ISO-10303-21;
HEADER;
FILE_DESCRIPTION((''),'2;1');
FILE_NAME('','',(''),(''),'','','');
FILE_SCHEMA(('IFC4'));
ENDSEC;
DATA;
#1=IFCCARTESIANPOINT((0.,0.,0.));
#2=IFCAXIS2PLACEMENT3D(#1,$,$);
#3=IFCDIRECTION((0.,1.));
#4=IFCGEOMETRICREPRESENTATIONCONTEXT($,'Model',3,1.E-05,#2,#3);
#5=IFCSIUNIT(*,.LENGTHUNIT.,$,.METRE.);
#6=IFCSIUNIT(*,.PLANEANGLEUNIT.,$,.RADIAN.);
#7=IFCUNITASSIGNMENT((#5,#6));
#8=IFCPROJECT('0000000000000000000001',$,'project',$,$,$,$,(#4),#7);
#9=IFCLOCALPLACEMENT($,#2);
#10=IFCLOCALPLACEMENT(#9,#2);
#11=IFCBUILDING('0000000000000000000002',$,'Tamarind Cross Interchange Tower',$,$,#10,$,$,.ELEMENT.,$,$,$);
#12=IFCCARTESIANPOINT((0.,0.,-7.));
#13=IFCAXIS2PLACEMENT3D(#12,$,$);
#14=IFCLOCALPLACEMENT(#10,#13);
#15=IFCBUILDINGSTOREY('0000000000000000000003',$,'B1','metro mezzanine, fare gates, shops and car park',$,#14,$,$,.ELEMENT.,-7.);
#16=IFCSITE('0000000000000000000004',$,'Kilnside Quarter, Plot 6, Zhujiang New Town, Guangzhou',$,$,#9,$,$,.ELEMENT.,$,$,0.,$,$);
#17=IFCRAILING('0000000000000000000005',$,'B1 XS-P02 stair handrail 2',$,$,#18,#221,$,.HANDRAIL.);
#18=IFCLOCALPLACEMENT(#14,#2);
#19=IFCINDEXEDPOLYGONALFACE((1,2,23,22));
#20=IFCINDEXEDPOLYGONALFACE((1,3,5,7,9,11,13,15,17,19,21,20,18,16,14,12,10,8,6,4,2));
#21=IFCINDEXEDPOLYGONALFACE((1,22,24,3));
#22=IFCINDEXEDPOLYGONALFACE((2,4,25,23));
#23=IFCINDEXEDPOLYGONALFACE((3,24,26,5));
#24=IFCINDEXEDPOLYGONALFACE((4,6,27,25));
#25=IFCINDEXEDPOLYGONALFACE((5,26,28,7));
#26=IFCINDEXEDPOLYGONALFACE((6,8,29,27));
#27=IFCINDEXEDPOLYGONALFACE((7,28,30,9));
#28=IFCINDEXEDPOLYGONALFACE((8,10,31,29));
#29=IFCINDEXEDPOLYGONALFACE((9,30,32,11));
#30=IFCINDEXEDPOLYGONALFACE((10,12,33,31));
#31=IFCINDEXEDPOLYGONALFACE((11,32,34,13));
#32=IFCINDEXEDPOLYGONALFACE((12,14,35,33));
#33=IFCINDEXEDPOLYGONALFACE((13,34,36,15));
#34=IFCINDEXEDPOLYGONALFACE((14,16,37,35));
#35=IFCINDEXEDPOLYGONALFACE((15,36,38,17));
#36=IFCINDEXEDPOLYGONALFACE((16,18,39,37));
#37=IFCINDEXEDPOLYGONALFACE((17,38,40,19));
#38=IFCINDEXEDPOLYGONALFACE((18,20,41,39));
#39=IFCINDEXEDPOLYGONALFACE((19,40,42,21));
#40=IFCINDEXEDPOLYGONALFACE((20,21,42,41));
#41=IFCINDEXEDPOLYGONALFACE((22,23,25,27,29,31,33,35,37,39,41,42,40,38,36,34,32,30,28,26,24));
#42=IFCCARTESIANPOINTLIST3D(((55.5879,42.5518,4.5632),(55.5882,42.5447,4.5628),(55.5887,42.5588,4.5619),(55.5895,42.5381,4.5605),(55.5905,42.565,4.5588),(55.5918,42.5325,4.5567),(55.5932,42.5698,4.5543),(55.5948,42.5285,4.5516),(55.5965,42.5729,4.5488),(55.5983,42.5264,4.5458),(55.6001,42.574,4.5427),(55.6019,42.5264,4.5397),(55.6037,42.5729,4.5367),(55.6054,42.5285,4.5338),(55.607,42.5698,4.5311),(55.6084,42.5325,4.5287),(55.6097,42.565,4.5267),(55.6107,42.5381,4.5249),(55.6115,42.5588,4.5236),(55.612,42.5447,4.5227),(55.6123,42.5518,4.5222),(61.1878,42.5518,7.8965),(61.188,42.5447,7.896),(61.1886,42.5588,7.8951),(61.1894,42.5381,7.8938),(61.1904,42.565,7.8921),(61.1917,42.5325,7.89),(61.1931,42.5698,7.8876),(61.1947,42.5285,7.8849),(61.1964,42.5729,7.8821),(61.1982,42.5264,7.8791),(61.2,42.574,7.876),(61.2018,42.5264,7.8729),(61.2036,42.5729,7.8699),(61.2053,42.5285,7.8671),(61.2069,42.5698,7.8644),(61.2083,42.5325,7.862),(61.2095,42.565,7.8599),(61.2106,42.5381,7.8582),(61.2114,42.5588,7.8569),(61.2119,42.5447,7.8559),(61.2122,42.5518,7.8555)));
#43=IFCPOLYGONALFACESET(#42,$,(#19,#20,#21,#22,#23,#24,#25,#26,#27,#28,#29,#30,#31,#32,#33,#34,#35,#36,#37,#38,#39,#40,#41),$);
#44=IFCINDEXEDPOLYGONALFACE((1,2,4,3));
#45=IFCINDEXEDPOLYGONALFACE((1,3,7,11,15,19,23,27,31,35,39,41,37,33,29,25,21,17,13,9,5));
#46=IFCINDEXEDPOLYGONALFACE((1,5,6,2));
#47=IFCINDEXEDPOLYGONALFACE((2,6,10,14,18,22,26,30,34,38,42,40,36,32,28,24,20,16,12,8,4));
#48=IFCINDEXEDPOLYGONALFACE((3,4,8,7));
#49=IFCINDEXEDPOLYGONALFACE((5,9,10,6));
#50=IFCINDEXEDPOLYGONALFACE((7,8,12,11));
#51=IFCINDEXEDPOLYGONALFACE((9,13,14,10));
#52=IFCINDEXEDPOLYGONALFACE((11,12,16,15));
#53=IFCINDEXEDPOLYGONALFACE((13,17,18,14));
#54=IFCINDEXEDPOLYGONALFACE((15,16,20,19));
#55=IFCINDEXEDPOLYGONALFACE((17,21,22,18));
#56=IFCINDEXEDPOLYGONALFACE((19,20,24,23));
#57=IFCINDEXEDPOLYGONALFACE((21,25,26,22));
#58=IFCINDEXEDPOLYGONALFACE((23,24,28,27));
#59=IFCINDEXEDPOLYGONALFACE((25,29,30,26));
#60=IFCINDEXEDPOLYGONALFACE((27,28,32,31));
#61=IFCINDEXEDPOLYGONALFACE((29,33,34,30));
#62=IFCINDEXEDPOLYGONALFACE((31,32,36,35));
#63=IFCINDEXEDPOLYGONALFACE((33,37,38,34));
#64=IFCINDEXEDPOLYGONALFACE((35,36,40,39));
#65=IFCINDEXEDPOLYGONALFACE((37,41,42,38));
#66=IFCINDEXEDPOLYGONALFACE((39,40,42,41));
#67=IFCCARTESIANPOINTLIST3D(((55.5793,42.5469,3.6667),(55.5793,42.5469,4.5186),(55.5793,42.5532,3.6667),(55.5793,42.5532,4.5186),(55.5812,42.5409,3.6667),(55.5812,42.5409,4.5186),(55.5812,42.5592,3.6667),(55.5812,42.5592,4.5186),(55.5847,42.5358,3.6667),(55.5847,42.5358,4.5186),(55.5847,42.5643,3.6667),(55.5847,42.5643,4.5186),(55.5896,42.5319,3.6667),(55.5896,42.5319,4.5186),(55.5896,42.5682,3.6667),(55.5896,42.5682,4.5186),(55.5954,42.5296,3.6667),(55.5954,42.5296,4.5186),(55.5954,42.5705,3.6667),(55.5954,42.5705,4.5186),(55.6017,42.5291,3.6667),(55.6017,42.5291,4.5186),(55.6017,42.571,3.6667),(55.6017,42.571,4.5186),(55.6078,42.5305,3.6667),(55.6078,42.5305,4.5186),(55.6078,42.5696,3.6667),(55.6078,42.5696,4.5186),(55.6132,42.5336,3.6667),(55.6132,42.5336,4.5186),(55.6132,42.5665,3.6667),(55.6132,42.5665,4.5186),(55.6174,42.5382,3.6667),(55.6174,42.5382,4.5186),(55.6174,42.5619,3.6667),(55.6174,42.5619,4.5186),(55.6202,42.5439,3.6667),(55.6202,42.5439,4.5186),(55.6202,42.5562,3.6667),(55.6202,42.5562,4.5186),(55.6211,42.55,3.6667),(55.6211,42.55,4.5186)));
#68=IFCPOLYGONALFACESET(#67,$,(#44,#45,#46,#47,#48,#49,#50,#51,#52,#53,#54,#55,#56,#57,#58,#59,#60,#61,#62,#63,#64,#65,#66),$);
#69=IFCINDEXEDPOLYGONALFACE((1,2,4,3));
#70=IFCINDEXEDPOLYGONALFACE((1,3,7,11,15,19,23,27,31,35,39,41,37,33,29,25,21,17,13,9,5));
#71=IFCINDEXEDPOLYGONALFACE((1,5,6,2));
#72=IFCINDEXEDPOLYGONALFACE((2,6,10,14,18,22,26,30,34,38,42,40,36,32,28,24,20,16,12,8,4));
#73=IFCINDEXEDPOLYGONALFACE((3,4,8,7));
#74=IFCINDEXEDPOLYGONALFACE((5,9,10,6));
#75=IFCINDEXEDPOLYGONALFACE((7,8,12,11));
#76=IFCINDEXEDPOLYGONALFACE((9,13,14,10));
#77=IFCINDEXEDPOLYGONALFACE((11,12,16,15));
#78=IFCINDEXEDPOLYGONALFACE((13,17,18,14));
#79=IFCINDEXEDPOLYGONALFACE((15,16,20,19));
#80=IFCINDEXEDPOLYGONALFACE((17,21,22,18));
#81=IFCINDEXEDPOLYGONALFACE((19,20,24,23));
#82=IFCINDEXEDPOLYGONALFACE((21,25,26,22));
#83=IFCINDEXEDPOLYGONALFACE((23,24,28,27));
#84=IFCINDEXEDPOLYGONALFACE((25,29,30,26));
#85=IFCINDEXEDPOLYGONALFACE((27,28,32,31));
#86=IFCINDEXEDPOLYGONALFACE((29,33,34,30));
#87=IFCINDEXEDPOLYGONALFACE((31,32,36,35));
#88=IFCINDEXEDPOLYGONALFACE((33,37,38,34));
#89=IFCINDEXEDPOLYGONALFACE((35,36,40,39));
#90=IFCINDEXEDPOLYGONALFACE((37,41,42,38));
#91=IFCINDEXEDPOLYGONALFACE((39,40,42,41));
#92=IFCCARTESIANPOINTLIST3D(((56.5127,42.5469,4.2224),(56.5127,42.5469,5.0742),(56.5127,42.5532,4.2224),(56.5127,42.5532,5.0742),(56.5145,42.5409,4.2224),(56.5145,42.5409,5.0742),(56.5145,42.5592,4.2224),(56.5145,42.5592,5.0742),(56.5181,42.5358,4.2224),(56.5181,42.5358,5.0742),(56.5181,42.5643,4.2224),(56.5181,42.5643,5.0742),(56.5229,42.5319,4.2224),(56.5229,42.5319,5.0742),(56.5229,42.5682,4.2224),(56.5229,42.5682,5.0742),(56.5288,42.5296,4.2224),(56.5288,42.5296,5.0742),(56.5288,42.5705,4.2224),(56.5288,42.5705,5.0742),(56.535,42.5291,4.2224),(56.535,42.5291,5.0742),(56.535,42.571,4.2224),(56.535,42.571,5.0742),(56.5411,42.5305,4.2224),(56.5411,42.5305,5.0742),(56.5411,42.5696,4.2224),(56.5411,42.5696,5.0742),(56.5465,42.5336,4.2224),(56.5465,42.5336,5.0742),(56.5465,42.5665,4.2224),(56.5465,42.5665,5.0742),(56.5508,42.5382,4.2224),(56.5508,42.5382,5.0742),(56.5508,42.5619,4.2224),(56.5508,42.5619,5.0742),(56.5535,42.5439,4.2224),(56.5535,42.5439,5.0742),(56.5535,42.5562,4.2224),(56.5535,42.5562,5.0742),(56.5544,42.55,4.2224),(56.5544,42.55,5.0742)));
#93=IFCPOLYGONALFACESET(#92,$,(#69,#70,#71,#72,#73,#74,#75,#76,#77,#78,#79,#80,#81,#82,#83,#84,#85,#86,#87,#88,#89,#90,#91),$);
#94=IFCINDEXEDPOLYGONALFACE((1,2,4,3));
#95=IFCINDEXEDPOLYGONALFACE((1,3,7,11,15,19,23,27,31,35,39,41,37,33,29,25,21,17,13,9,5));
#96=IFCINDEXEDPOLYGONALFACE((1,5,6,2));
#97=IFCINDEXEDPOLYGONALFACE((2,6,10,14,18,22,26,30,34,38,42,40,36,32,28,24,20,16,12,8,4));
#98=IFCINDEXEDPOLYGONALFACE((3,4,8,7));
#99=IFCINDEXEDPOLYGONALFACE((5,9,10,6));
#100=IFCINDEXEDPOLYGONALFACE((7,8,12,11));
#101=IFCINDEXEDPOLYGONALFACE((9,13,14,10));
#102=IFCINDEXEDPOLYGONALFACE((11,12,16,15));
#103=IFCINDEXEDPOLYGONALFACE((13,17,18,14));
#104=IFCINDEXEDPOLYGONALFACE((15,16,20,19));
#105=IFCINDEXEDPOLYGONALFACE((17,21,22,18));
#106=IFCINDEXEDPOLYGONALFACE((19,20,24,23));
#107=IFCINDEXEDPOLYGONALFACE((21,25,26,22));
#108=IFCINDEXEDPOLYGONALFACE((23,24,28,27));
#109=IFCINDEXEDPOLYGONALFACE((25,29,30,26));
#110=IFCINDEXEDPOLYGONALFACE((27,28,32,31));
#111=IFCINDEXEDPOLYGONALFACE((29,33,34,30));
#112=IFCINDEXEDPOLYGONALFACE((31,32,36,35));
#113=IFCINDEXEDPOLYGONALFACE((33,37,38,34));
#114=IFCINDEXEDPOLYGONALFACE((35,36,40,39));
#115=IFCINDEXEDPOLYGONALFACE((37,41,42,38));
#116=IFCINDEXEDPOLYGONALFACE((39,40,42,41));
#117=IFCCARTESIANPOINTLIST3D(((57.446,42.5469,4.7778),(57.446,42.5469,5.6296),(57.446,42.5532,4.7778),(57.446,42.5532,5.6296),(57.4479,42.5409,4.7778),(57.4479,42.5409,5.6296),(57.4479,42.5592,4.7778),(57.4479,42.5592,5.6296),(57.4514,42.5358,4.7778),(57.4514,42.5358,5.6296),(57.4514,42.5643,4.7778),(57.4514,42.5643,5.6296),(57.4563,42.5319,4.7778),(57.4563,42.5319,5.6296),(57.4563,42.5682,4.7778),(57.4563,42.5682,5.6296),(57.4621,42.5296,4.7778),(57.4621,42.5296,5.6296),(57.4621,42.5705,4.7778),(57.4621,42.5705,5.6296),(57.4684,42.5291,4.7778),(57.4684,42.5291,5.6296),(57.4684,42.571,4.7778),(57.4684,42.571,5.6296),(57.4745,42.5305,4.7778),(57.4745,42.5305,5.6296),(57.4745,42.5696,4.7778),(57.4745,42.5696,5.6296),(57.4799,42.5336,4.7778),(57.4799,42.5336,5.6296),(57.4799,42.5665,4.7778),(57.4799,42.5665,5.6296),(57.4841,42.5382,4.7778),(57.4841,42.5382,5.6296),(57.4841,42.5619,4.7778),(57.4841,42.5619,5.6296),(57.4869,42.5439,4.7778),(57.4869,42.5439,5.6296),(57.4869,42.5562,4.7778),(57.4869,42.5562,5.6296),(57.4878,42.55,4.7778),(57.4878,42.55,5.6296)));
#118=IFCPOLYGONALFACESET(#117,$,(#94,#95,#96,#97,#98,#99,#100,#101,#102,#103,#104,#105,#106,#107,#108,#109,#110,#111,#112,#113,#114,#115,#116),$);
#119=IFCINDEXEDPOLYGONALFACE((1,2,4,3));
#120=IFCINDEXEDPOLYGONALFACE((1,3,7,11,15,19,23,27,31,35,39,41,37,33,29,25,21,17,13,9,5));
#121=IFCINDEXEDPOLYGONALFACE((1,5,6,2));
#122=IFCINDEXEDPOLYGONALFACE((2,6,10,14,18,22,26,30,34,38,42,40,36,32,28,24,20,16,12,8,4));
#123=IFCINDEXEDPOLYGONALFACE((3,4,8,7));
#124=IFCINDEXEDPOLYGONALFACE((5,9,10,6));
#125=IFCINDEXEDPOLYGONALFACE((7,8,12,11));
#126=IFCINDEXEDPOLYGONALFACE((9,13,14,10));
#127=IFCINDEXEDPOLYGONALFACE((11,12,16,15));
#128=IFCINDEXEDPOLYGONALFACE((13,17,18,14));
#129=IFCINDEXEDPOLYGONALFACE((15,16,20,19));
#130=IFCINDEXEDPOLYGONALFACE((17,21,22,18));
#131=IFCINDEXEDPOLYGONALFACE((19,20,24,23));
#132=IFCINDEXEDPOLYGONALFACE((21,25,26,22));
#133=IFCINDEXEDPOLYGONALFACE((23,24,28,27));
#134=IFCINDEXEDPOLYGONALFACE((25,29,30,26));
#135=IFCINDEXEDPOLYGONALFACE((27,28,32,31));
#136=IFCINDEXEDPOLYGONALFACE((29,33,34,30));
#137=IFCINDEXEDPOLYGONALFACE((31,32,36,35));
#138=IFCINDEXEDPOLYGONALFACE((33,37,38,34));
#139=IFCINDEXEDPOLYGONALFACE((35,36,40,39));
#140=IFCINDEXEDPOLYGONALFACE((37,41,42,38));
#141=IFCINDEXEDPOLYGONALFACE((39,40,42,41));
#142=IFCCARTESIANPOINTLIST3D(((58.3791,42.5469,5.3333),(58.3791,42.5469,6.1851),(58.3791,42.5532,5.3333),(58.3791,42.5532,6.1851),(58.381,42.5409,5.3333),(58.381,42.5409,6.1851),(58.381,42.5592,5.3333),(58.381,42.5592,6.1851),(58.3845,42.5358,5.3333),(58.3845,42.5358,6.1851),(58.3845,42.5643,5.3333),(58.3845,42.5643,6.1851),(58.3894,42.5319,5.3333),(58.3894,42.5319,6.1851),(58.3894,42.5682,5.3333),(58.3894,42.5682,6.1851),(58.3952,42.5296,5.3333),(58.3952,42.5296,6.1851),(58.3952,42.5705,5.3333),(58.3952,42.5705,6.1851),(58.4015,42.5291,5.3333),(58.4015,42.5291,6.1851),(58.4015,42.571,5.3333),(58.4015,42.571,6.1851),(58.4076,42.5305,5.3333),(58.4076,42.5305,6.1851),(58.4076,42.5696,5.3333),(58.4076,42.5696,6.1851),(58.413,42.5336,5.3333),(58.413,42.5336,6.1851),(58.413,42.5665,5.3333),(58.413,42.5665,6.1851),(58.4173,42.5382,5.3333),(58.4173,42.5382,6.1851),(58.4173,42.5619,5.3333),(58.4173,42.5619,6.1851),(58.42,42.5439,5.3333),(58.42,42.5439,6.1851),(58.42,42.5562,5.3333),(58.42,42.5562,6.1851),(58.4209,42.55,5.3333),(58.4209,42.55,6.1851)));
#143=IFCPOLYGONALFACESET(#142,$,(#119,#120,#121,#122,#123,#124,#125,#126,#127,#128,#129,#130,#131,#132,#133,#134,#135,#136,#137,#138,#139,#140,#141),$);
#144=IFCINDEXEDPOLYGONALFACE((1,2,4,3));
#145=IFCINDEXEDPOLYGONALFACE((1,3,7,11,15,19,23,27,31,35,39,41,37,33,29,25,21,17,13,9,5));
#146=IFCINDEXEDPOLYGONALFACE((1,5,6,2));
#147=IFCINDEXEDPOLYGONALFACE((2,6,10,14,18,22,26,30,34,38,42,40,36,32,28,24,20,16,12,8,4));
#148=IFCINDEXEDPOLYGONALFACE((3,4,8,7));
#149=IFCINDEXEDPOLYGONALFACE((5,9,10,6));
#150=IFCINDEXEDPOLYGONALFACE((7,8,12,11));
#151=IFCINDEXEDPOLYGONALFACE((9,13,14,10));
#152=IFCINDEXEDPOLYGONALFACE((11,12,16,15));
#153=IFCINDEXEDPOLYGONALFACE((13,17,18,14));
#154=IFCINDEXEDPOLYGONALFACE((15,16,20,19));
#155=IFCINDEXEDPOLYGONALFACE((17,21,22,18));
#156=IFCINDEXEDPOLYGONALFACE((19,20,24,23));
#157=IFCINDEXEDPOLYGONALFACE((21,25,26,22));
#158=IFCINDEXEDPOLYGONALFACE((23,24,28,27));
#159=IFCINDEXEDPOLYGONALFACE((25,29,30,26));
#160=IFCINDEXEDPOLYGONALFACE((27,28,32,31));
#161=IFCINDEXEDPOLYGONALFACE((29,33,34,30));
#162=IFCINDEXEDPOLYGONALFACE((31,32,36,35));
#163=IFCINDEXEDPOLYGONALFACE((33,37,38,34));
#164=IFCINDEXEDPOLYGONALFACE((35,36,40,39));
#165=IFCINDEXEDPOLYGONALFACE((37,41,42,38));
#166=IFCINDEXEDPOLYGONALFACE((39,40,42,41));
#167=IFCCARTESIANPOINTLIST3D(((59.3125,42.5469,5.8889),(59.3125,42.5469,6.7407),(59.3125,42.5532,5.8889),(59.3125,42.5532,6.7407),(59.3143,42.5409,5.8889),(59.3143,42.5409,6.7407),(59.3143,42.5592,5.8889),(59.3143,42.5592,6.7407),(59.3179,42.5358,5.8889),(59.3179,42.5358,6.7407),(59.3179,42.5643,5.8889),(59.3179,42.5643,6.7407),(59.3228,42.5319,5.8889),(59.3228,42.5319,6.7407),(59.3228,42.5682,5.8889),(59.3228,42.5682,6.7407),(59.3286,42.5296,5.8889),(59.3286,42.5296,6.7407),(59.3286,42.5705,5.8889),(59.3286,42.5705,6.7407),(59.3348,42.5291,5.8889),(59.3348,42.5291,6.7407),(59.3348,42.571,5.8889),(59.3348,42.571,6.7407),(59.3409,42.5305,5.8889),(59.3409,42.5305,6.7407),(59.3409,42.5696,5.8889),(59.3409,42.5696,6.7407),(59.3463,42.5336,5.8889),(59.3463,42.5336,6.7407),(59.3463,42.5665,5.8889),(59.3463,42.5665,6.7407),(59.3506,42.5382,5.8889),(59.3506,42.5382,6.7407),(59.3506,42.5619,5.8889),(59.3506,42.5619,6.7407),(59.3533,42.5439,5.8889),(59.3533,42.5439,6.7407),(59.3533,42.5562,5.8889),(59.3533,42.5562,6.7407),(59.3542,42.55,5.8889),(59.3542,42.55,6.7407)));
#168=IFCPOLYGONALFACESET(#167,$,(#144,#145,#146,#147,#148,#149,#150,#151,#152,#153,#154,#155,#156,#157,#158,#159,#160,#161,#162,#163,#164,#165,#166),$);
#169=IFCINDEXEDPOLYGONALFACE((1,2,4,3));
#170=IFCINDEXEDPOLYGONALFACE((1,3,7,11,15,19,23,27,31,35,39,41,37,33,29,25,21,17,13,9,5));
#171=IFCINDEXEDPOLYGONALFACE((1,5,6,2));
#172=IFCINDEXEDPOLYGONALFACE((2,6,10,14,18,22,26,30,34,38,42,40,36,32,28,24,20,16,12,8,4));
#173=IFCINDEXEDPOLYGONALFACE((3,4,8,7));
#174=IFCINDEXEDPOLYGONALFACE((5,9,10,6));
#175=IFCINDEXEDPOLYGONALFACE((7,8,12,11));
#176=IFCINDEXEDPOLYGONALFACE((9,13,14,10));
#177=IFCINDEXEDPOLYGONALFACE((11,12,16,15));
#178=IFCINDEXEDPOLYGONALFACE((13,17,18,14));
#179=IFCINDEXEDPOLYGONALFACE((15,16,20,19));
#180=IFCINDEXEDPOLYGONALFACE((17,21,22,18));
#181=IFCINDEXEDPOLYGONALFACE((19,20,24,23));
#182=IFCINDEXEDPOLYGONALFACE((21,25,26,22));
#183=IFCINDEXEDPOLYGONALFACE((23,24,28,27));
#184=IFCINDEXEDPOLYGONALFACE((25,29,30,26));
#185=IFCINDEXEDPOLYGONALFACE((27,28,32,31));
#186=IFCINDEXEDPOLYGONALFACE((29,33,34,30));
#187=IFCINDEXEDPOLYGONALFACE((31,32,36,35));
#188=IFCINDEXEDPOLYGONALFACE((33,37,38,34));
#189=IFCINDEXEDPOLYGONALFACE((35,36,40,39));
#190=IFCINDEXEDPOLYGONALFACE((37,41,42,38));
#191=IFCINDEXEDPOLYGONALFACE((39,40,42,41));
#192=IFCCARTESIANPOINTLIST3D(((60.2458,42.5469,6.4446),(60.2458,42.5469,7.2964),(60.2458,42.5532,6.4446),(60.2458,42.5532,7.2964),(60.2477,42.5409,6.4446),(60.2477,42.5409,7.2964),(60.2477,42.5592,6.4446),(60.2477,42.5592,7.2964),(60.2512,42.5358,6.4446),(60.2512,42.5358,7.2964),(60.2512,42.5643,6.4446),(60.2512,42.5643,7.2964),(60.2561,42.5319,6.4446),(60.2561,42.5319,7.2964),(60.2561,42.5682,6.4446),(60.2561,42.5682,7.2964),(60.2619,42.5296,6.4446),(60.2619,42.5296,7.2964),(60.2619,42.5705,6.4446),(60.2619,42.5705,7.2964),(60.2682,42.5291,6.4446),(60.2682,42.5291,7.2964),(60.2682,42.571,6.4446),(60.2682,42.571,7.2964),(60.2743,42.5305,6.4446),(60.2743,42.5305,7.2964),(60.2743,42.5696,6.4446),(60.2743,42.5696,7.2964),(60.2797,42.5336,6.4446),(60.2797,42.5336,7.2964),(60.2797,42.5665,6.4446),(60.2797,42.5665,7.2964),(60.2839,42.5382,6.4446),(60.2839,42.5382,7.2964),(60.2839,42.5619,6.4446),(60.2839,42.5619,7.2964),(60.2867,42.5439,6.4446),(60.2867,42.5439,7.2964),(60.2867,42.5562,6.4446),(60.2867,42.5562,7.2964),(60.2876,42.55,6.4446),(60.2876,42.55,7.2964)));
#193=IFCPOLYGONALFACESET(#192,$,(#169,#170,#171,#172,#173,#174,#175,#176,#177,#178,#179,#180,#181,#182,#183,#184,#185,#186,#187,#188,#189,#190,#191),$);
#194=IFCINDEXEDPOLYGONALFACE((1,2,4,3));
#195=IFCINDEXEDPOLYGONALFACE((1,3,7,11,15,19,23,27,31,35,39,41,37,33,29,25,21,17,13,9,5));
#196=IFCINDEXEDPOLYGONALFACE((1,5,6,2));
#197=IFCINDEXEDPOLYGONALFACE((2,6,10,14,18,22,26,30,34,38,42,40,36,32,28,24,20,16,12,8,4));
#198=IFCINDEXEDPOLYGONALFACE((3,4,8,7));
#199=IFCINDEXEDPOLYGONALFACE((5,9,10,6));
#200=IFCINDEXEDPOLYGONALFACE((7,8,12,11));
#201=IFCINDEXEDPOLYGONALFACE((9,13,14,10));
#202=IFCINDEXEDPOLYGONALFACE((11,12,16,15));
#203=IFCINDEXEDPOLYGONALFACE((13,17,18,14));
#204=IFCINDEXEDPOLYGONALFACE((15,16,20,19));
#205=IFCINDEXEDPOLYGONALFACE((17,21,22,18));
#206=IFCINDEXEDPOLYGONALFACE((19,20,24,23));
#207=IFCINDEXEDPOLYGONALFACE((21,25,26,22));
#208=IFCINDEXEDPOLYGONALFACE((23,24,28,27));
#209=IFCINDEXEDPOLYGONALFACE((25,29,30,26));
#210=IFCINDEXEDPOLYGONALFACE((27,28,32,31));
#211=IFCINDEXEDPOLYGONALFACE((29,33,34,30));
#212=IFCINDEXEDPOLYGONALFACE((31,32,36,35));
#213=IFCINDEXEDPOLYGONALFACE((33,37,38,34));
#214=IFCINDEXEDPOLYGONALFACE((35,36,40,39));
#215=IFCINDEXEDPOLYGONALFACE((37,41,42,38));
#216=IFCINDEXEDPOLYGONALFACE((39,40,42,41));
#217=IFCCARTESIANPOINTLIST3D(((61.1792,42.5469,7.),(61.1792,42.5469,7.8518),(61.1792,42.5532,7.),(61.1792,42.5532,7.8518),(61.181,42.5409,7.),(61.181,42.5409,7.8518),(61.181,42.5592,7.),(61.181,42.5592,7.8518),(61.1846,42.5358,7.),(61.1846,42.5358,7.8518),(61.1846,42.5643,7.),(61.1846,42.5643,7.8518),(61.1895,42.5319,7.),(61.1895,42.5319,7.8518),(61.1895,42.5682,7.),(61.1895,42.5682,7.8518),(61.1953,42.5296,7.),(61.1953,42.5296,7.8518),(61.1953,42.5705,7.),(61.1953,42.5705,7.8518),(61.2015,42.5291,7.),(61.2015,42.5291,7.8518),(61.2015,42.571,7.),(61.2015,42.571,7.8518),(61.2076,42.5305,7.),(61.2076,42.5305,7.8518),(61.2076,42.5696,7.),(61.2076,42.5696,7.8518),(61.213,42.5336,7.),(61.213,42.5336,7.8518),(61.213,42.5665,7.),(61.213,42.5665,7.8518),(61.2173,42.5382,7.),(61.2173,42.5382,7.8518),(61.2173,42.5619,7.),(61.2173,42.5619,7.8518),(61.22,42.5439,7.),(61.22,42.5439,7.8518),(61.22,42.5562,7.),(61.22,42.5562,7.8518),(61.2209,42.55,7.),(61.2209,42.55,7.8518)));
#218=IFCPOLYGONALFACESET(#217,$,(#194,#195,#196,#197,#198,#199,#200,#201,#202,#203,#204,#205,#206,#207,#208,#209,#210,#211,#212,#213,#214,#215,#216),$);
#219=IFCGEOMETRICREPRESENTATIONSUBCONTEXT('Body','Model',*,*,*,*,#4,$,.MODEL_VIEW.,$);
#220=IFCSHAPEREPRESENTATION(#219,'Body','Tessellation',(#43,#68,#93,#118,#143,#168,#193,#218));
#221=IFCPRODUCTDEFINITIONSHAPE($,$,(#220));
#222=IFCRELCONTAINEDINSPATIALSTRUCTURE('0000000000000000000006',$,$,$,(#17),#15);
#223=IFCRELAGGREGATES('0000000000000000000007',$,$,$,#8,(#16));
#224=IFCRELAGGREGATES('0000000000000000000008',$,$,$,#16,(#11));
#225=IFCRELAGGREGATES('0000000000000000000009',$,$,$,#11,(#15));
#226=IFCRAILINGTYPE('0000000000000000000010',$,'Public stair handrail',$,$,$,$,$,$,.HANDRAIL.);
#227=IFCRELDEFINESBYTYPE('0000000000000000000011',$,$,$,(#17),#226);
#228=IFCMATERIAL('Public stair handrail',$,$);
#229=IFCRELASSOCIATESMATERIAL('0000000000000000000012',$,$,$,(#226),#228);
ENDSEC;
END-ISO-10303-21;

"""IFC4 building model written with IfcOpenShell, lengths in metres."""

from ifc_helpers import new_model, si_unit, direction, frame, origin, origin_2d, place, context, subcontext, project, spatial, circle, extrude, material, type_object, element, save


model = new_model("IFC4")

# Units and contexts
model_context = context("Model", 3, precision=1e-05, world=origin(), true_north=direction((0.0, 1.0)))
body_context = subcontext(model_context, "Body", "Model", "MODEL_VIEW")
ifc_project = project(units=[si_unit("LENGTHUNIT", "METRE"), si_unit("PLANEANGLEUNIT", "RADIAN")], contexts=[model_context])

# Site, building, storey
site_placement = place(None, origin())
site = spatial("IfcSite", under=ifc_project, at=site_placement, Name="Kilnside Quarter, Plot 6, Zhujiang New Town, Guangzhou", CompositionType="ELEMENT", RefElevation=0.0)
building_placement = place(site_placement, origin())
building = spatial("IfcBuilding", under=site, at=building_placement, Name="Tamarind Cross Interchange Tower", CompositionType="ELEMENT")
storey_placement = place(building_placement, frame((0.0, 0.0, -7.0)))
storey = spatial("IfcBuildingStorey", under=building, at=storey_placement, Name="B1", Description="metro mezzanine, fare gates, shops and car park", CompositionType="ELEMENT", Elevation=-7.0)

# Railing
ifc_material_1 = material(Name="Public stair handrail")
railing_type_1 = type_object("IfcRailingType", Name="Public stair handrail", PredefinedType="HANDRAIL", material=ifc_material_1)
railing_1_placement = place(storey_placement, frame((55.6001, 42.55, 3.6667)))
element("IfcRailing", 1, at=railing_1_placement, inside=storey, type_object=railing_type_1, Name="B1 XS-P02 stair handrail 2", PredefinedType="HANDRAIL", context=body_context, shape_type="SweptSolid", body=[
    extrude(circle(Radius=0.0239, at=origin_2d()), frame((0.0, 0.0, 0.876), z_axis=(0.859292, 0.0, 0.511485), x_axis=(0.0, 1.0, 0.0)), (0.0, 0.0, 1.0), 6.5168),
    extrude(circle(Radius=0.021, at=origin_2d()), origin(), (0.0, 0.0, 1.0), 0.8518),
    extrude(circle(Radius=0.021, at=origin_2d()), frame((0.9333, 0.0, 0.5557)), (0.0, 0.0, 1.0), 0.8518),
    extrude(circle(Radius=0.021, at=origin_2d()), frame((1.8667, 0.0, 1.1111)), (0.0, 0.0, 1.0), 0.8518),
    extrude(circle(Radius=0.021, at=origin_2d()), frame((2.7998, 0.0, 1.6665)), (0.0, 0.0, 1.0), 0.8518),
    extrude(circle(Radius=0.021, at=origin_2d()), frame((3.7332, 0.0, 2.2222)), (0.0, 0.0, 1.0), 0.8518),
    extrude(circle(Radius=0.021, at=origin_2d()), frame((4.6665, 0.0, 2.7778)), (0.0, 0.0, 1.0), 0.8518),
    extrude(circle(Radius=0.021, at=origin_2d()), frame((5.5999, 0.0, 3.3333)), (0.0, 0.0, 1.0), 0.8518),
])

save(model, "model.ifc")
